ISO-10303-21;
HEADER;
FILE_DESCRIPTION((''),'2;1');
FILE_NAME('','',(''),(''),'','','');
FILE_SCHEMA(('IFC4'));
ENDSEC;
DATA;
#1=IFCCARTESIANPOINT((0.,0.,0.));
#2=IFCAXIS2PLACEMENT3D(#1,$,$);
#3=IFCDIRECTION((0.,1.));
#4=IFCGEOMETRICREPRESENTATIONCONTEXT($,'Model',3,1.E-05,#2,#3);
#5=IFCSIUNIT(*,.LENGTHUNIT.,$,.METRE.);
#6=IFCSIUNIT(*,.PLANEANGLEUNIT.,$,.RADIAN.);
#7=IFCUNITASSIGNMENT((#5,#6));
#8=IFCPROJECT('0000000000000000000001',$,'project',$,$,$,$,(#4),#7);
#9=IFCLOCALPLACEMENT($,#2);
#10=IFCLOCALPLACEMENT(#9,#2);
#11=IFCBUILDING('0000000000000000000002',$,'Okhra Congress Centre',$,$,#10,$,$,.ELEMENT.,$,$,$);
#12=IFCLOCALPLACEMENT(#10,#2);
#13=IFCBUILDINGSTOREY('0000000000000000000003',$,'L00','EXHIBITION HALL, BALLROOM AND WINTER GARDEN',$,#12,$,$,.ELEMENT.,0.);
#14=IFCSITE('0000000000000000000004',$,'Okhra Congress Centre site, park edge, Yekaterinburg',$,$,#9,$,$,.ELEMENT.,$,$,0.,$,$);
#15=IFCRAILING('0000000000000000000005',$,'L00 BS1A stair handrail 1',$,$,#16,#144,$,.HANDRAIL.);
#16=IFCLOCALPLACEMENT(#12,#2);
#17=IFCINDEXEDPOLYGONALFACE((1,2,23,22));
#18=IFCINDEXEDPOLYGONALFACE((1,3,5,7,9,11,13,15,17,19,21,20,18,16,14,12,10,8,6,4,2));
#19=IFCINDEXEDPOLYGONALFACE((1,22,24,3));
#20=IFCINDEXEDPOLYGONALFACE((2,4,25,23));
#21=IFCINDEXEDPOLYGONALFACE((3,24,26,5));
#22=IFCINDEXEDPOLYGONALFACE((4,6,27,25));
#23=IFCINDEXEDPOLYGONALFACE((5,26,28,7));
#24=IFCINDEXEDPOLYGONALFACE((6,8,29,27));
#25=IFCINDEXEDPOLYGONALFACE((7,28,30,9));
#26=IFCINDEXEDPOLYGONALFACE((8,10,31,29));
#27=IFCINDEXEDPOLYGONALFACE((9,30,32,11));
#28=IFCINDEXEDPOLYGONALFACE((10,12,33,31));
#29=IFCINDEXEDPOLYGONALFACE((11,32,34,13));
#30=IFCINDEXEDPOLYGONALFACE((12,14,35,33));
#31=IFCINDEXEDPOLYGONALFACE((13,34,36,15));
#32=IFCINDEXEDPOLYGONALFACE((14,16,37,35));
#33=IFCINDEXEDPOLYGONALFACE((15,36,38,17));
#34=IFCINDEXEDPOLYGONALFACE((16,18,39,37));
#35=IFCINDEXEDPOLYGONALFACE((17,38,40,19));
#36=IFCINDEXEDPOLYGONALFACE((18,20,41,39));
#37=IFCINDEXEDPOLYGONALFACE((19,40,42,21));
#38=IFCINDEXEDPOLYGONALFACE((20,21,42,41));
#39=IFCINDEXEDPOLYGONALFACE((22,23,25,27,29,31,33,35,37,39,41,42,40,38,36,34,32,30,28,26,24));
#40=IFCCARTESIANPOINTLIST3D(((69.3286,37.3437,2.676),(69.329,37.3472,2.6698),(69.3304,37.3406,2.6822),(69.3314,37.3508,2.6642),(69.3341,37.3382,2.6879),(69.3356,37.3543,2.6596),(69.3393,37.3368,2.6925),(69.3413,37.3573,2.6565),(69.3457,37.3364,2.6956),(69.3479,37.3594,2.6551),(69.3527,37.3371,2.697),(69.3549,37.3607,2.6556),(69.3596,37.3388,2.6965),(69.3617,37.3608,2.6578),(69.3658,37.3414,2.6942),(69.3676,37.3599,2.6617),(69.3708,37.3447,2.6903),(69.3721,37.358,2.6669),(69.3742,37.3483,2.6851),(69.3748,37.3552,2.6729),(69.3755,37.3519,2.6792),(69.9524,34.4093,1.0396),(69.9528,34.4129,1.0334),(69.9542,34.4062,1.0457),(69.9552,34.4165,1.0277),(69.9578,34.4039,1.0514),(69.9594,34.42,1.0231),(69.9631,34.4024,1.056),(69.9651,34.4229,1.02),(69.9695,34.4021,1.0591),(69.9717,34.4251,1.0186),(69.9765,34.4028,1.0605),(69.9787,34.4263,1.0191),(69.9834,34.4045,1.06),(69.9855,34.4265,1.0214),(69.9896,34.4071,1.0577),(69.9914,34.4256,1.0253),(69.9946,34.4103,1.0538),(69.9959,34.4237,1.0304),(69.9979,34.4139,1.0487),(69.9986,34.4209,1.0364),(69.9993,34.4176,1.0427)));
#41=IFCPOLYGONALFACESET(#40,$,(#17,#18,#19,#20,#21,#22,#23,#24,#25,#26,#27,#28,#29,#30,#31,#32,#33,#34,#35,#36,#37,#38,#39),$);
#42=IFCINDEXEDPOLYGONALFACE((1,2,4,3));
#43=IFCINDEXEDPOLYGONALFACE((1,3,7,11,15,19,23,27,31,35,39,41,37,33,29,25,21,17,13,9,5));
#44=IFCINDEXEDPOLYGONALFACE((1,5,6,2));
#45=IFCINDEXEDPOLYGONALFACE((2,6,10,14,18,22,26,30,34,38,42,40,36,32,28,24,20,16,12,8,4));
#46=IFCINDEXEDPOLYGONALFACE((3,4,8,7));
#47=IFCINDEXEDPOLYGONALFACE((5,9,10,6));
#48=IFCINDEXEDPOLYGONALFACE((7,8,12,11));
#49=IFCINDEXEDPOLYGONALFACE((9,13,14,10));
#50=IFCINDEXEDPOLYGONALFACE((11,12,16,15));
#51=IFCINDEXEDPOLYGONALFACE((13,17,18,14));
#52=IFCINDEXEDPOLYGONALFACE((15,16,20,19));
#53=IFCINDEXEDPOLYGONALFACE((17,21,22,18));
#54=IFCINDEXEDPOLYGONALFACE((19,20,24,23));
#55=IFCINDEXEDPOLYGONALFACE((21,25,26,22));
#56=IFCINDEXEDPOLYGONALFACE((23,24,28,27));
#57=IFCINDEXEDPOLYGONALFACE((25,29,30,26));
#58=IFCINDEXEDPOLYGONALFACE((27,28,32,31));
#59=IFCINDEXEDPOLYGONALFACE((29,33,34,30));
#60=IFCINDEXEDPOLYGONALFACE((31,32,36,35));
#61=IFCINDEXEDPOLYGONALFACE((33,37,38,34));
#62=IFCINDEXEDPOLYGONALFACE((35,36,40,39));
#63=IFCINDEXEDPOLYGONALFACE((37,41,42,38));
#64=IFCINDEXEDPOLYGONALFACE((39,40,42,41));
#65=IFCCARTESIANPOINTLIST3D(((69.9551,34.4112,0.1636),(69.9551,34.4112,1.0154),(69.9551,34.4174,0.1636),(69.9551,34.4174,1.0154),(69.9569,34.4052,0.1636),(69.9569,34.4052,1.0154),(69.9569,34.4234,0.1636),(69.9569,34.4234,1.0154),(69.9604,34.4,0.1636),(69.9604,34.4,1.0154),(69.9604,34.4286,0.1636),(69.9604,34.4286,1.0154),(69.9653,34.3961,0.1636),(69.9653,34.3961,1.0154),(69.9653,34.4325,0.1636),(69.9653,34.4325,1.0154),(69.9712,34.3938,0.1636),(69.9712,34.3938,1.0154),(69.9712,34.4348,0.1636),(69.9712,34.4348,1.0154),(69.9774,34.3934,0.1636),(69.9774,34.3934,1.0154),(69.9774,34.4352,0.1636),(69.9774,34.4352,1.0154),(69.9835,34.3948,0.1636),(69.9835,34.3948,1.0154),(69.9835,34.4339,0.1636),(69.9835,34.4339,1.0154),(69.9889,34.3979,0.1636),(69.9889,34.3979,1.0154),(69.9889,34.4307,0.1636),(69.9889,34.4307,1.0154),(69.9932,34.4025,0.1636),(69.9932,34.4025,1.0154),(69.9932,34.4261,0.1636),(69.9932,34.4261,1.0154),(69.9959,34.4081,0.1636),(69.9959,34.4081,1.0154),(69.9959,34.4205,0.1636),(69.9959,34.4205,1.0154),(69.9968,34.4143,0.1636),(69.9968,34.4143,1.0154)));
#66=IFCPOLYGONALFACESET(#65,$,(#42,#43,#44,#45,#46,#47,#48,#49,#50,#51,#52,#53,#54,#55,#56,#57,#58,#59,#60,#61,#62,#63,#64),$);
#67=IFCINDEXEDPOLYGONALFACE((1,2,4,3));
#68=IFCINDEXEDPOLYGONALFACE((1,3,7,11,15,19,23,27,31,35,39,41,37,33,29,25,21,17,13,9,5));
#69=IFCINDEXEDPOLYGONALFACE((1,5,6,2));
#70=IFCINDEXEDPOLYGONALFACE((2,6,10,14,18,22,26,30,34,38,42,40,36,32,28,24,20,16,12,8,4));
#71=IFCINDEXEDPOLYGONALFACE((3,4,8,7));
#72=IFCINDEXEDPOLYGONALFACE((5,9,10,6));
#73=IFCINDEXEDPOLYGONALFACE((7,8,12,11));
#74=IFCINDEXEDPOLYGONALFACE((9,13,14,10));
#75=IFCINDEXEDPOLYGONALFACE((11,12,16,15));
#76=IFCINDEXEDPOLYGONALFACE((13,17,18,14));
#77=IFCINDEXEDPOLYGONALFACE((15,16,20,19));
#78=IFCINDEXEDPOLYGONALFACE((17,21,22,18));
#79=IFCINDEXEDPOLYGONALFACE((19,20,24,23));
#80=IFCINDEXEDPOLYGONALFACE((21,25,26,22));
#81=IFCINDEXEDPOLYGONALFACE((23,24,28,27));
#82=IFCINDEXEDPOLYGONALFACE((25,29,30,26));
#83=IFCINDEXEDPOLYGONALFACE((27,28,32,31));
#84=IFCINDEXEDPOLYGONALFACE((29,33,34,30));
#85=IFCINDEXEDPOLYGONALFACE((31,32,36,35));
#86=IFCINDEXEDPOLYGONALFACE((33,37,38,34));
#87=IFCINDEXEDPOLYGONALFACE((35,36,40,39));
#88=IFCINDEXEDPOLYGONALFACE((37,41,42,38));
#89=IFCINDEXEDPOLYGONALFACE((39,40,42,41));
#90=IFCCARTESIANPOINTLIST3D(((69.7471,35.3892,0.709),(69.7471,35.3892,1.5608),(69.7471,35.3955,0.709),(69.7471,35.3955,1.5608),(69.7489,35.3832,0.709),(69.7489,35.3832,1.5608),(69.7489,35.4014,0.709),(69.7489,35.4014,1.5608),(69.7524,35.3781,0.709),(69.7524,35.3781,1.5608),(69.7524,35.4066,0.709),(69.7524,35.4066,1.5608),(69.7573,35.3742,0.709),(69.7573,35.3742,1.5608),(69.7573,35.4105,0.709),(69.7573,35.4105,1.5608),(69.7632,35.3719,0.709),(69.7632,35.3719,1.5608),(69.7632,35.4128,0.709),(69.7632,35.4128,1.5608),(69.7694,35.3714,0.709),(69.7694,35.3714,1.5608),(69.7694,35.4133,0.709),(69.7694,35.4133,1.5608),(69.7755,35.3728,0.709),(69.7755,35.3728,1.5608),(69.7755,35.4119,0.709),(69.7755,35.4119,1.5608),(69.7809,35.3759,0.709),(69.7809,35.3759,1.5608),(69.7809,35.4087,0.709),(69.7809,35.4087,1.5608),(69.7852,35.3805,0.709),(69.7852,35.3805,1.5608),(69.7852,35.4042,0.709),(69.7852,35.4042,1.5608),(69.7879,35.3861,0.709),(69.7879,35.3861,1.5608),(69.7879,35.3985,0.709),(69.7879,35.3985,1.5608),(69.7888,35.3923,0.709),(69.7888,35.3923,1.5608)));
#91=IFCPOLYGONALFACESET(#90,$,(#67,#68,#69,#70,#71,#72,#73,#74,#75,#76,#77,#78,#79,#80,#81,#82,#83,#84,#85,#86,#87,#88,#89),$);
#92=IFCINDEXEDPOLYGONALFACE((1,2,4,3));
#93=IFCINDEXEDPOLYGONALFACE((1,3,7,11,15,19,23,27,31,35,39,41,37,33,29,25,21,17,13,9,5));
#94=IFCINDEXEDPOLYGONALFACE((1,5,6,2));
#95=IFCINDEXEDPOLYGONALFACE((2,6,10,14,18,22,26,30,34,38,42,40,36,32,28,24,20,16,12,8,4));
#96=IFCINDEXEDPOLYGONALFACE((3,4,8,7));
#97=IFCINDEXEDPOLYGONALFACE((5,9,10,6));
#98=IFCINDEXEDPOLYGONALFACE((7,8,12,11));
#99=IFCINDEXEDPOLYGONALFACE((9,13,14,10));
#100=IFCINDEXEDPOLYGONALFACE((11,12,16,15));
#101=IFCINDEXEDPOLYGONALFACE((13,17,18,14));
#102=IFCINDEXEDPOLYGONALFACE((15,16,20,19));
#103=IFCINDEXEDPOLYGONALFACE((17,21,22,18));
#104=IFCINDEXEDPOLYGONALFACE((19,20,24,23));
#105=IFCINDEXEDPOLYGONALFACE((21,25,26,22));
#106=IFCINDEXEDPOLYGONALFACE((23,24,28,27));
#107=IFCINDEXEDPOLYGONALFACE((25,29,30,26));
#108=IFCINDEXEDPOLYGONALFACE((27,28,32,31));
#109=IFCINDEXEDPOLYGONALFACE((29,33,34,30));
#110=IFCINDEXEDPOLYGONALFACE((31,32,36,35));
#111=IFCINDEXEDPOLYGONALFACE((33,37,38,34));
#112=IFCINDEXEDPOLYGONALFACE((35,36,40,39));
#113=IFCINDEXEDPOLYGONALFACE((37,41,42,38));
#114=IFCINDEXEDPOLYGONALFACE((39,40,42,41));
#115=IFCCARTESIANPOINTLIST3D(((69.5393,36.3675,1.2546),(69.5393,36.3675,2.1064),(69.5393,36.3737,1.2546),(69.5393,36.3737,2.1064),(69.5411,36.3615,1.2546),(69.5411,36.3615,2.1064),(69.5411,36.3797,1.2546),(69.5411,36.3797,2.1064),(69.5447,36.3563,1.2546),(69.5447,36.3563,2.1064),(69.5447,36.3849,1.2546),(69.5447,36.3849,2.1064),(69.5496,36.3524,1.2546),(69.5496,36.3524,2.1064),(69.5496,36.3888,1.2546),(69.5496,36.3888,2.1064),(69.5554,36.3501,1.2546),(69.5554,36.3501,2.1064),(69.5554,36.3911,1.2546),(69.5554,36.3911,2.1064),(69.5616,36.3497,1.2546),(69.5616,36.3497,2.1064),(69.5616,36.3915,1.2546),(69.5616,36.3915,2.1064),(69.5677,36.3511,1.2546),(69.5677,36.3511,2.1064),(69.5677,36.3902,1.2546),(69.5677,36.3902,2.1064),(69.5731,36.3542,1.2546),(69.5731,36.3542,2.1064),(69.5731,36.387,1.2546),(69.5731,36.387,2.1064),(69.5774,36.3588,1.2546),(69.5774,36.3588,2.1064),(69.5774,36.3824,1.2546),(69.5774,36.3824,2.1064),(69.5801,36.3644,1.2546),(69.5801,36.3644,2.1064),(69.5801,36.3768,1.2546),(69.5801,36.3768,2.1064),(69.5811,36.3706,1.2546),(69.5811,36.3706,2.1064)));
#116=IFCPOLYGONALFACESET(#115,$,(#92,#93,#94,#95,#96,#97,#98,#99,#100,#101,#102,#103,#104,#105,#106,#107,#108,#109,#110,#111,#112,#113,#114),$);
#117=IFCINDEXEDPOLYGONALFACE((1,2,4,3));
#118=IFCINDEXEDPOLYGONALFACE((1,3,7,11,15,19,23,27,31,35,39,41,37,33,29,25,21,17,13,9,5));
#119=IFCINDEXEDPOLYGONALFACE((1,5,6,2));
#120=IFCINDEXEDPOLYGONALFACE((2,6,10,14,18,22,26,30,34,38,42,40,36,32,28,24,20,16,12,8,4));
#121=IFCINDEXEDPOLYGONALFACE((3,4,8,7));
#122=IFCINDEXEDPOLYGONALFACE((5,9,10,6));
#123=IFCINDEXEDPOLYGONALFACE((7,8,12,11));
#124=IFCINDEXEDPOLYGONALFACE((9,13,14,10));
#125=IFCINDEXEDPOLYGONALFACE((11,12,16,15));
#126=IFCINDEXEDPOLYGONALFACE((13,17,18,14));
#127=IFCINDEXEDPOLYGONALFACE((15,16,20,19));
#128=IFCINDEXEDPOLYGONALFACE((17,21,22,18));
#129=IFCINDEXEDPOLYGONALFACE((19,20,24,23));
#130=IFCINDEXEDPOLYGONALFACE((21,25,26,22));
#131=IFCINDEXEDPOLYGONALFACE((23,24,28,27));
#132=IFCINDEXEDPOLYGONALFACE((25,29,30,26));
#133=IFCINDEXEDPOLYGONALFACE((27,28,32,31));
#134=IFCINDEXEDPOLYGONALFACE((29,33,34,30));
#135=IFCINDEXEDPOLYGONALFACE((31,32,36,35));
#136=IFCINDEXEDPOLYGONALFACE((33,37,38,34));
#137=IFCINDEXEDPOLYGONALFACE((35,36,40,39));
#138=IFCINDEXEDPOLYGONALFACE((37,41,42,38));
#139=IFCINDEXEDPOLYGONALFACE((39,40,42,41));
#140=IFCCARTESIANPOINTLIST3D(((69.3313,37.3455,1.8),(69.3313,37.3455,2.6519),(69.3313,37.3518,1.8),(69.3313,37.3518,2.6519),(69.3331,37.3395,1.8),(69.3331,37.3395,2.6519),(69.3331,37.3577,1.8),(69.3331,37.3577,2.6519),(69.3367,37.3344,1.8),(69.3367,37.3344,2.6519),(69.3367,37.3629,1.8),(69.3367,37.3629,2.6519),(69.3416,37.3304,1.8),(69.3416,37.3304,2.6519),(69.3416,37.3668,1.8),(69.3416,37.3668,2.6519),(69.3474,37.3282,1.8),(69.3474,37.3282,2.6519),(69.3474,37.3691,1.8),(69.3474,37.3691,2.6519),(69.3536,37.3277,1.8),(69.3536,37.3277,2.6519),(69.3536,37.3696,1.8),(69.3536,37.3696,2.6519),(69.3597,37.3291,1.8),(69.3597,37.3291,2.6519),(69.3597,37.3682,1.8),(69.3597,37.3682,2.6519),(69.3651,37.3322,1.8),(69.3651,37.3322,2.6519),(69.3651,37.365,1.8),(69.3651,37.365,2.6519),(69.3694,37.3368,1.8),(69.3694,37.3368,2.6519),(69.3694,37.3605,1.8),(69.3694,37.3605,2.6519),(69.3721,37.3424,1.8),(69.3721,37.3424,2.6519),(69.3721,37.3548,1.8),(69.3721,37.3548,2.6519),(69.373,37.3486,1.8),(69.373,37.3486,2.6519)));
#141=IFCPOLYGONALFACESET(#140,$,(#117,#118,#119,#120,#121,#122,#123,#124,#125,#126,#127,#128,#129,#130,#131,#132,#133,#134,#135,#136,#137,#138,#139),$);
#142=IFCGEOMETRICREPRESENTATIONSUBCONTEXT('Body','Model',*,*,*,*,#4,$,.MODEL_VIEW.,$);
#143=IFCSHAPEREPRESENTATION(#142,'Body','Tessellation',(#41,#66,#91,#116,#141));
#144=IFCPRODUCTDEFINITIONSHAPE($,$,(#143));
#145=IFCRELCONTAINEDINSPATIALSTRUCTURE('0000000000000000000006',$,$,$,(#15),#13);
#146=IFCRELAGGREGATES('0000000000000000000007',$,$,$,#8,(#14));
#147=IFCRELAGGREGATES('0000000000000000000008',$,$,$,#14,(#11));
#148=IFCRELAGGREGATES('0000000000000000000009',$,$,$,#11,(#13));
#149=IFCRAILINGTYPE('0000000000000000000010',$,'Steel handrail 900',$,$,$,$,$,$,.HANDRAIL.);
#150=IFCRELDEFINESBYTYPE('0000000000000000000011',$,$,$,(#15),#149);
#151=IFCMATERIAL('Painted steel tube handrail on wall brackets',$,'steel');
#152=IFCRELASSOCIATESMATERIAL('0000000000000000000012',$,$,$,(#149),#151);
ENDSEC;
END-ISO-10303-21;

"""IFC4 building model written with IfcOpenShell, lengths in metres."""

from ifc_helpers import new_model, si_unit, direction, frame, origin, origin_2d, place, context, subcontext, project, spatial, circle, extrude, material, type_object, element, save


model = new_model("IFC4")

# Units and contexts
model_context = context("Model", 3, precision=1e-05, world=origin(), true_north=direction((0.0, 1.0)))
body_context = subcontext(model_context, "Body", "Model", "MODEL_VIEW")
ifc_project = project(units=[si_unit("LENGTHUNIT", "METRE"), si_unit("PLANEANGLEUNIT", "RADIAN")], contexts=[model_context])

# Site, building, storey
site_placement = place(None, origin())
site = spatial("IfcSite", under=ifc_project, at=site_placement, Name="Okhra Congress Centre site, park edge, Yekaterinburg", CompositionType="ELEMENT", RefElevation=0.0)
building_placement = place(site_placement, origin())
building = spatial("IfcBuilding", under=site, at=building_placement, Name="Okhra Congress Centre", CompositionType="ELEMENT")
storey_placement = place(building_placement, origin())
storey = spatial("IfcBuildingStorey", under=building, at=storey_placement, Name="L00", Description="EXHIBITION HALL, BALLROOM AND WINTER GARDEN", CompositionType="ELEMENT", Elevation=0.0)

# Railing
ifc_material_1 = material(Name="Painted steel tube handrail on wall brackets", Category="steel")
railing_type_1 = type_object("IfcRailingType", Name="Steel handrail 900", PredefinedType="HANDRAIL", material=ifc_material_1)
railing_1_placement = place(storey_placement, frame((69.9758, 34.4143, 0.1636)))
element("IfcRailing", 1, at=railing_1_placement, inside=storey, type_object=railing_type_1, Name="L00 BS1A stair handrail 1", PredefinedType="HANDRAIL", context=body_context, shape_type="SweptSolid", body=[
    extrude(circle(Radius=0.0239, at=origin_2d()), frame((0.0, 0.0, 0.876), z_axis=(-0.18254, 0.858687, 0.47889), x_axis=(-0.978143, -0.207934, 0.0)), (0.0, 0.0, 1.0), 3.4172),
    extrude(circle(Radius=0.021, at=origin_2d()), origin(), (0.0, 0.0, 1.0), 0.8518),
    extrude(circle(Radius=0.021, at=origin_2d()), frame((-0.208, 0.978, 0.5454)), (0.0, 0.0, 1.0), 0.8518),
    extrude(circle(Radius=0.021, at=origin_2d()), frame((-0.4158, 1.9563, 1.0911)), (0.0, 0.0, 1.0), 0.8518),
    extrude(circle(Radius=0.021, at=origin_2d()), frame((-0.6238, 2.9343, 1.6365)), (0.0, 0.0, 1.0), 0.8518),
])

save(model, "model.ifc")
